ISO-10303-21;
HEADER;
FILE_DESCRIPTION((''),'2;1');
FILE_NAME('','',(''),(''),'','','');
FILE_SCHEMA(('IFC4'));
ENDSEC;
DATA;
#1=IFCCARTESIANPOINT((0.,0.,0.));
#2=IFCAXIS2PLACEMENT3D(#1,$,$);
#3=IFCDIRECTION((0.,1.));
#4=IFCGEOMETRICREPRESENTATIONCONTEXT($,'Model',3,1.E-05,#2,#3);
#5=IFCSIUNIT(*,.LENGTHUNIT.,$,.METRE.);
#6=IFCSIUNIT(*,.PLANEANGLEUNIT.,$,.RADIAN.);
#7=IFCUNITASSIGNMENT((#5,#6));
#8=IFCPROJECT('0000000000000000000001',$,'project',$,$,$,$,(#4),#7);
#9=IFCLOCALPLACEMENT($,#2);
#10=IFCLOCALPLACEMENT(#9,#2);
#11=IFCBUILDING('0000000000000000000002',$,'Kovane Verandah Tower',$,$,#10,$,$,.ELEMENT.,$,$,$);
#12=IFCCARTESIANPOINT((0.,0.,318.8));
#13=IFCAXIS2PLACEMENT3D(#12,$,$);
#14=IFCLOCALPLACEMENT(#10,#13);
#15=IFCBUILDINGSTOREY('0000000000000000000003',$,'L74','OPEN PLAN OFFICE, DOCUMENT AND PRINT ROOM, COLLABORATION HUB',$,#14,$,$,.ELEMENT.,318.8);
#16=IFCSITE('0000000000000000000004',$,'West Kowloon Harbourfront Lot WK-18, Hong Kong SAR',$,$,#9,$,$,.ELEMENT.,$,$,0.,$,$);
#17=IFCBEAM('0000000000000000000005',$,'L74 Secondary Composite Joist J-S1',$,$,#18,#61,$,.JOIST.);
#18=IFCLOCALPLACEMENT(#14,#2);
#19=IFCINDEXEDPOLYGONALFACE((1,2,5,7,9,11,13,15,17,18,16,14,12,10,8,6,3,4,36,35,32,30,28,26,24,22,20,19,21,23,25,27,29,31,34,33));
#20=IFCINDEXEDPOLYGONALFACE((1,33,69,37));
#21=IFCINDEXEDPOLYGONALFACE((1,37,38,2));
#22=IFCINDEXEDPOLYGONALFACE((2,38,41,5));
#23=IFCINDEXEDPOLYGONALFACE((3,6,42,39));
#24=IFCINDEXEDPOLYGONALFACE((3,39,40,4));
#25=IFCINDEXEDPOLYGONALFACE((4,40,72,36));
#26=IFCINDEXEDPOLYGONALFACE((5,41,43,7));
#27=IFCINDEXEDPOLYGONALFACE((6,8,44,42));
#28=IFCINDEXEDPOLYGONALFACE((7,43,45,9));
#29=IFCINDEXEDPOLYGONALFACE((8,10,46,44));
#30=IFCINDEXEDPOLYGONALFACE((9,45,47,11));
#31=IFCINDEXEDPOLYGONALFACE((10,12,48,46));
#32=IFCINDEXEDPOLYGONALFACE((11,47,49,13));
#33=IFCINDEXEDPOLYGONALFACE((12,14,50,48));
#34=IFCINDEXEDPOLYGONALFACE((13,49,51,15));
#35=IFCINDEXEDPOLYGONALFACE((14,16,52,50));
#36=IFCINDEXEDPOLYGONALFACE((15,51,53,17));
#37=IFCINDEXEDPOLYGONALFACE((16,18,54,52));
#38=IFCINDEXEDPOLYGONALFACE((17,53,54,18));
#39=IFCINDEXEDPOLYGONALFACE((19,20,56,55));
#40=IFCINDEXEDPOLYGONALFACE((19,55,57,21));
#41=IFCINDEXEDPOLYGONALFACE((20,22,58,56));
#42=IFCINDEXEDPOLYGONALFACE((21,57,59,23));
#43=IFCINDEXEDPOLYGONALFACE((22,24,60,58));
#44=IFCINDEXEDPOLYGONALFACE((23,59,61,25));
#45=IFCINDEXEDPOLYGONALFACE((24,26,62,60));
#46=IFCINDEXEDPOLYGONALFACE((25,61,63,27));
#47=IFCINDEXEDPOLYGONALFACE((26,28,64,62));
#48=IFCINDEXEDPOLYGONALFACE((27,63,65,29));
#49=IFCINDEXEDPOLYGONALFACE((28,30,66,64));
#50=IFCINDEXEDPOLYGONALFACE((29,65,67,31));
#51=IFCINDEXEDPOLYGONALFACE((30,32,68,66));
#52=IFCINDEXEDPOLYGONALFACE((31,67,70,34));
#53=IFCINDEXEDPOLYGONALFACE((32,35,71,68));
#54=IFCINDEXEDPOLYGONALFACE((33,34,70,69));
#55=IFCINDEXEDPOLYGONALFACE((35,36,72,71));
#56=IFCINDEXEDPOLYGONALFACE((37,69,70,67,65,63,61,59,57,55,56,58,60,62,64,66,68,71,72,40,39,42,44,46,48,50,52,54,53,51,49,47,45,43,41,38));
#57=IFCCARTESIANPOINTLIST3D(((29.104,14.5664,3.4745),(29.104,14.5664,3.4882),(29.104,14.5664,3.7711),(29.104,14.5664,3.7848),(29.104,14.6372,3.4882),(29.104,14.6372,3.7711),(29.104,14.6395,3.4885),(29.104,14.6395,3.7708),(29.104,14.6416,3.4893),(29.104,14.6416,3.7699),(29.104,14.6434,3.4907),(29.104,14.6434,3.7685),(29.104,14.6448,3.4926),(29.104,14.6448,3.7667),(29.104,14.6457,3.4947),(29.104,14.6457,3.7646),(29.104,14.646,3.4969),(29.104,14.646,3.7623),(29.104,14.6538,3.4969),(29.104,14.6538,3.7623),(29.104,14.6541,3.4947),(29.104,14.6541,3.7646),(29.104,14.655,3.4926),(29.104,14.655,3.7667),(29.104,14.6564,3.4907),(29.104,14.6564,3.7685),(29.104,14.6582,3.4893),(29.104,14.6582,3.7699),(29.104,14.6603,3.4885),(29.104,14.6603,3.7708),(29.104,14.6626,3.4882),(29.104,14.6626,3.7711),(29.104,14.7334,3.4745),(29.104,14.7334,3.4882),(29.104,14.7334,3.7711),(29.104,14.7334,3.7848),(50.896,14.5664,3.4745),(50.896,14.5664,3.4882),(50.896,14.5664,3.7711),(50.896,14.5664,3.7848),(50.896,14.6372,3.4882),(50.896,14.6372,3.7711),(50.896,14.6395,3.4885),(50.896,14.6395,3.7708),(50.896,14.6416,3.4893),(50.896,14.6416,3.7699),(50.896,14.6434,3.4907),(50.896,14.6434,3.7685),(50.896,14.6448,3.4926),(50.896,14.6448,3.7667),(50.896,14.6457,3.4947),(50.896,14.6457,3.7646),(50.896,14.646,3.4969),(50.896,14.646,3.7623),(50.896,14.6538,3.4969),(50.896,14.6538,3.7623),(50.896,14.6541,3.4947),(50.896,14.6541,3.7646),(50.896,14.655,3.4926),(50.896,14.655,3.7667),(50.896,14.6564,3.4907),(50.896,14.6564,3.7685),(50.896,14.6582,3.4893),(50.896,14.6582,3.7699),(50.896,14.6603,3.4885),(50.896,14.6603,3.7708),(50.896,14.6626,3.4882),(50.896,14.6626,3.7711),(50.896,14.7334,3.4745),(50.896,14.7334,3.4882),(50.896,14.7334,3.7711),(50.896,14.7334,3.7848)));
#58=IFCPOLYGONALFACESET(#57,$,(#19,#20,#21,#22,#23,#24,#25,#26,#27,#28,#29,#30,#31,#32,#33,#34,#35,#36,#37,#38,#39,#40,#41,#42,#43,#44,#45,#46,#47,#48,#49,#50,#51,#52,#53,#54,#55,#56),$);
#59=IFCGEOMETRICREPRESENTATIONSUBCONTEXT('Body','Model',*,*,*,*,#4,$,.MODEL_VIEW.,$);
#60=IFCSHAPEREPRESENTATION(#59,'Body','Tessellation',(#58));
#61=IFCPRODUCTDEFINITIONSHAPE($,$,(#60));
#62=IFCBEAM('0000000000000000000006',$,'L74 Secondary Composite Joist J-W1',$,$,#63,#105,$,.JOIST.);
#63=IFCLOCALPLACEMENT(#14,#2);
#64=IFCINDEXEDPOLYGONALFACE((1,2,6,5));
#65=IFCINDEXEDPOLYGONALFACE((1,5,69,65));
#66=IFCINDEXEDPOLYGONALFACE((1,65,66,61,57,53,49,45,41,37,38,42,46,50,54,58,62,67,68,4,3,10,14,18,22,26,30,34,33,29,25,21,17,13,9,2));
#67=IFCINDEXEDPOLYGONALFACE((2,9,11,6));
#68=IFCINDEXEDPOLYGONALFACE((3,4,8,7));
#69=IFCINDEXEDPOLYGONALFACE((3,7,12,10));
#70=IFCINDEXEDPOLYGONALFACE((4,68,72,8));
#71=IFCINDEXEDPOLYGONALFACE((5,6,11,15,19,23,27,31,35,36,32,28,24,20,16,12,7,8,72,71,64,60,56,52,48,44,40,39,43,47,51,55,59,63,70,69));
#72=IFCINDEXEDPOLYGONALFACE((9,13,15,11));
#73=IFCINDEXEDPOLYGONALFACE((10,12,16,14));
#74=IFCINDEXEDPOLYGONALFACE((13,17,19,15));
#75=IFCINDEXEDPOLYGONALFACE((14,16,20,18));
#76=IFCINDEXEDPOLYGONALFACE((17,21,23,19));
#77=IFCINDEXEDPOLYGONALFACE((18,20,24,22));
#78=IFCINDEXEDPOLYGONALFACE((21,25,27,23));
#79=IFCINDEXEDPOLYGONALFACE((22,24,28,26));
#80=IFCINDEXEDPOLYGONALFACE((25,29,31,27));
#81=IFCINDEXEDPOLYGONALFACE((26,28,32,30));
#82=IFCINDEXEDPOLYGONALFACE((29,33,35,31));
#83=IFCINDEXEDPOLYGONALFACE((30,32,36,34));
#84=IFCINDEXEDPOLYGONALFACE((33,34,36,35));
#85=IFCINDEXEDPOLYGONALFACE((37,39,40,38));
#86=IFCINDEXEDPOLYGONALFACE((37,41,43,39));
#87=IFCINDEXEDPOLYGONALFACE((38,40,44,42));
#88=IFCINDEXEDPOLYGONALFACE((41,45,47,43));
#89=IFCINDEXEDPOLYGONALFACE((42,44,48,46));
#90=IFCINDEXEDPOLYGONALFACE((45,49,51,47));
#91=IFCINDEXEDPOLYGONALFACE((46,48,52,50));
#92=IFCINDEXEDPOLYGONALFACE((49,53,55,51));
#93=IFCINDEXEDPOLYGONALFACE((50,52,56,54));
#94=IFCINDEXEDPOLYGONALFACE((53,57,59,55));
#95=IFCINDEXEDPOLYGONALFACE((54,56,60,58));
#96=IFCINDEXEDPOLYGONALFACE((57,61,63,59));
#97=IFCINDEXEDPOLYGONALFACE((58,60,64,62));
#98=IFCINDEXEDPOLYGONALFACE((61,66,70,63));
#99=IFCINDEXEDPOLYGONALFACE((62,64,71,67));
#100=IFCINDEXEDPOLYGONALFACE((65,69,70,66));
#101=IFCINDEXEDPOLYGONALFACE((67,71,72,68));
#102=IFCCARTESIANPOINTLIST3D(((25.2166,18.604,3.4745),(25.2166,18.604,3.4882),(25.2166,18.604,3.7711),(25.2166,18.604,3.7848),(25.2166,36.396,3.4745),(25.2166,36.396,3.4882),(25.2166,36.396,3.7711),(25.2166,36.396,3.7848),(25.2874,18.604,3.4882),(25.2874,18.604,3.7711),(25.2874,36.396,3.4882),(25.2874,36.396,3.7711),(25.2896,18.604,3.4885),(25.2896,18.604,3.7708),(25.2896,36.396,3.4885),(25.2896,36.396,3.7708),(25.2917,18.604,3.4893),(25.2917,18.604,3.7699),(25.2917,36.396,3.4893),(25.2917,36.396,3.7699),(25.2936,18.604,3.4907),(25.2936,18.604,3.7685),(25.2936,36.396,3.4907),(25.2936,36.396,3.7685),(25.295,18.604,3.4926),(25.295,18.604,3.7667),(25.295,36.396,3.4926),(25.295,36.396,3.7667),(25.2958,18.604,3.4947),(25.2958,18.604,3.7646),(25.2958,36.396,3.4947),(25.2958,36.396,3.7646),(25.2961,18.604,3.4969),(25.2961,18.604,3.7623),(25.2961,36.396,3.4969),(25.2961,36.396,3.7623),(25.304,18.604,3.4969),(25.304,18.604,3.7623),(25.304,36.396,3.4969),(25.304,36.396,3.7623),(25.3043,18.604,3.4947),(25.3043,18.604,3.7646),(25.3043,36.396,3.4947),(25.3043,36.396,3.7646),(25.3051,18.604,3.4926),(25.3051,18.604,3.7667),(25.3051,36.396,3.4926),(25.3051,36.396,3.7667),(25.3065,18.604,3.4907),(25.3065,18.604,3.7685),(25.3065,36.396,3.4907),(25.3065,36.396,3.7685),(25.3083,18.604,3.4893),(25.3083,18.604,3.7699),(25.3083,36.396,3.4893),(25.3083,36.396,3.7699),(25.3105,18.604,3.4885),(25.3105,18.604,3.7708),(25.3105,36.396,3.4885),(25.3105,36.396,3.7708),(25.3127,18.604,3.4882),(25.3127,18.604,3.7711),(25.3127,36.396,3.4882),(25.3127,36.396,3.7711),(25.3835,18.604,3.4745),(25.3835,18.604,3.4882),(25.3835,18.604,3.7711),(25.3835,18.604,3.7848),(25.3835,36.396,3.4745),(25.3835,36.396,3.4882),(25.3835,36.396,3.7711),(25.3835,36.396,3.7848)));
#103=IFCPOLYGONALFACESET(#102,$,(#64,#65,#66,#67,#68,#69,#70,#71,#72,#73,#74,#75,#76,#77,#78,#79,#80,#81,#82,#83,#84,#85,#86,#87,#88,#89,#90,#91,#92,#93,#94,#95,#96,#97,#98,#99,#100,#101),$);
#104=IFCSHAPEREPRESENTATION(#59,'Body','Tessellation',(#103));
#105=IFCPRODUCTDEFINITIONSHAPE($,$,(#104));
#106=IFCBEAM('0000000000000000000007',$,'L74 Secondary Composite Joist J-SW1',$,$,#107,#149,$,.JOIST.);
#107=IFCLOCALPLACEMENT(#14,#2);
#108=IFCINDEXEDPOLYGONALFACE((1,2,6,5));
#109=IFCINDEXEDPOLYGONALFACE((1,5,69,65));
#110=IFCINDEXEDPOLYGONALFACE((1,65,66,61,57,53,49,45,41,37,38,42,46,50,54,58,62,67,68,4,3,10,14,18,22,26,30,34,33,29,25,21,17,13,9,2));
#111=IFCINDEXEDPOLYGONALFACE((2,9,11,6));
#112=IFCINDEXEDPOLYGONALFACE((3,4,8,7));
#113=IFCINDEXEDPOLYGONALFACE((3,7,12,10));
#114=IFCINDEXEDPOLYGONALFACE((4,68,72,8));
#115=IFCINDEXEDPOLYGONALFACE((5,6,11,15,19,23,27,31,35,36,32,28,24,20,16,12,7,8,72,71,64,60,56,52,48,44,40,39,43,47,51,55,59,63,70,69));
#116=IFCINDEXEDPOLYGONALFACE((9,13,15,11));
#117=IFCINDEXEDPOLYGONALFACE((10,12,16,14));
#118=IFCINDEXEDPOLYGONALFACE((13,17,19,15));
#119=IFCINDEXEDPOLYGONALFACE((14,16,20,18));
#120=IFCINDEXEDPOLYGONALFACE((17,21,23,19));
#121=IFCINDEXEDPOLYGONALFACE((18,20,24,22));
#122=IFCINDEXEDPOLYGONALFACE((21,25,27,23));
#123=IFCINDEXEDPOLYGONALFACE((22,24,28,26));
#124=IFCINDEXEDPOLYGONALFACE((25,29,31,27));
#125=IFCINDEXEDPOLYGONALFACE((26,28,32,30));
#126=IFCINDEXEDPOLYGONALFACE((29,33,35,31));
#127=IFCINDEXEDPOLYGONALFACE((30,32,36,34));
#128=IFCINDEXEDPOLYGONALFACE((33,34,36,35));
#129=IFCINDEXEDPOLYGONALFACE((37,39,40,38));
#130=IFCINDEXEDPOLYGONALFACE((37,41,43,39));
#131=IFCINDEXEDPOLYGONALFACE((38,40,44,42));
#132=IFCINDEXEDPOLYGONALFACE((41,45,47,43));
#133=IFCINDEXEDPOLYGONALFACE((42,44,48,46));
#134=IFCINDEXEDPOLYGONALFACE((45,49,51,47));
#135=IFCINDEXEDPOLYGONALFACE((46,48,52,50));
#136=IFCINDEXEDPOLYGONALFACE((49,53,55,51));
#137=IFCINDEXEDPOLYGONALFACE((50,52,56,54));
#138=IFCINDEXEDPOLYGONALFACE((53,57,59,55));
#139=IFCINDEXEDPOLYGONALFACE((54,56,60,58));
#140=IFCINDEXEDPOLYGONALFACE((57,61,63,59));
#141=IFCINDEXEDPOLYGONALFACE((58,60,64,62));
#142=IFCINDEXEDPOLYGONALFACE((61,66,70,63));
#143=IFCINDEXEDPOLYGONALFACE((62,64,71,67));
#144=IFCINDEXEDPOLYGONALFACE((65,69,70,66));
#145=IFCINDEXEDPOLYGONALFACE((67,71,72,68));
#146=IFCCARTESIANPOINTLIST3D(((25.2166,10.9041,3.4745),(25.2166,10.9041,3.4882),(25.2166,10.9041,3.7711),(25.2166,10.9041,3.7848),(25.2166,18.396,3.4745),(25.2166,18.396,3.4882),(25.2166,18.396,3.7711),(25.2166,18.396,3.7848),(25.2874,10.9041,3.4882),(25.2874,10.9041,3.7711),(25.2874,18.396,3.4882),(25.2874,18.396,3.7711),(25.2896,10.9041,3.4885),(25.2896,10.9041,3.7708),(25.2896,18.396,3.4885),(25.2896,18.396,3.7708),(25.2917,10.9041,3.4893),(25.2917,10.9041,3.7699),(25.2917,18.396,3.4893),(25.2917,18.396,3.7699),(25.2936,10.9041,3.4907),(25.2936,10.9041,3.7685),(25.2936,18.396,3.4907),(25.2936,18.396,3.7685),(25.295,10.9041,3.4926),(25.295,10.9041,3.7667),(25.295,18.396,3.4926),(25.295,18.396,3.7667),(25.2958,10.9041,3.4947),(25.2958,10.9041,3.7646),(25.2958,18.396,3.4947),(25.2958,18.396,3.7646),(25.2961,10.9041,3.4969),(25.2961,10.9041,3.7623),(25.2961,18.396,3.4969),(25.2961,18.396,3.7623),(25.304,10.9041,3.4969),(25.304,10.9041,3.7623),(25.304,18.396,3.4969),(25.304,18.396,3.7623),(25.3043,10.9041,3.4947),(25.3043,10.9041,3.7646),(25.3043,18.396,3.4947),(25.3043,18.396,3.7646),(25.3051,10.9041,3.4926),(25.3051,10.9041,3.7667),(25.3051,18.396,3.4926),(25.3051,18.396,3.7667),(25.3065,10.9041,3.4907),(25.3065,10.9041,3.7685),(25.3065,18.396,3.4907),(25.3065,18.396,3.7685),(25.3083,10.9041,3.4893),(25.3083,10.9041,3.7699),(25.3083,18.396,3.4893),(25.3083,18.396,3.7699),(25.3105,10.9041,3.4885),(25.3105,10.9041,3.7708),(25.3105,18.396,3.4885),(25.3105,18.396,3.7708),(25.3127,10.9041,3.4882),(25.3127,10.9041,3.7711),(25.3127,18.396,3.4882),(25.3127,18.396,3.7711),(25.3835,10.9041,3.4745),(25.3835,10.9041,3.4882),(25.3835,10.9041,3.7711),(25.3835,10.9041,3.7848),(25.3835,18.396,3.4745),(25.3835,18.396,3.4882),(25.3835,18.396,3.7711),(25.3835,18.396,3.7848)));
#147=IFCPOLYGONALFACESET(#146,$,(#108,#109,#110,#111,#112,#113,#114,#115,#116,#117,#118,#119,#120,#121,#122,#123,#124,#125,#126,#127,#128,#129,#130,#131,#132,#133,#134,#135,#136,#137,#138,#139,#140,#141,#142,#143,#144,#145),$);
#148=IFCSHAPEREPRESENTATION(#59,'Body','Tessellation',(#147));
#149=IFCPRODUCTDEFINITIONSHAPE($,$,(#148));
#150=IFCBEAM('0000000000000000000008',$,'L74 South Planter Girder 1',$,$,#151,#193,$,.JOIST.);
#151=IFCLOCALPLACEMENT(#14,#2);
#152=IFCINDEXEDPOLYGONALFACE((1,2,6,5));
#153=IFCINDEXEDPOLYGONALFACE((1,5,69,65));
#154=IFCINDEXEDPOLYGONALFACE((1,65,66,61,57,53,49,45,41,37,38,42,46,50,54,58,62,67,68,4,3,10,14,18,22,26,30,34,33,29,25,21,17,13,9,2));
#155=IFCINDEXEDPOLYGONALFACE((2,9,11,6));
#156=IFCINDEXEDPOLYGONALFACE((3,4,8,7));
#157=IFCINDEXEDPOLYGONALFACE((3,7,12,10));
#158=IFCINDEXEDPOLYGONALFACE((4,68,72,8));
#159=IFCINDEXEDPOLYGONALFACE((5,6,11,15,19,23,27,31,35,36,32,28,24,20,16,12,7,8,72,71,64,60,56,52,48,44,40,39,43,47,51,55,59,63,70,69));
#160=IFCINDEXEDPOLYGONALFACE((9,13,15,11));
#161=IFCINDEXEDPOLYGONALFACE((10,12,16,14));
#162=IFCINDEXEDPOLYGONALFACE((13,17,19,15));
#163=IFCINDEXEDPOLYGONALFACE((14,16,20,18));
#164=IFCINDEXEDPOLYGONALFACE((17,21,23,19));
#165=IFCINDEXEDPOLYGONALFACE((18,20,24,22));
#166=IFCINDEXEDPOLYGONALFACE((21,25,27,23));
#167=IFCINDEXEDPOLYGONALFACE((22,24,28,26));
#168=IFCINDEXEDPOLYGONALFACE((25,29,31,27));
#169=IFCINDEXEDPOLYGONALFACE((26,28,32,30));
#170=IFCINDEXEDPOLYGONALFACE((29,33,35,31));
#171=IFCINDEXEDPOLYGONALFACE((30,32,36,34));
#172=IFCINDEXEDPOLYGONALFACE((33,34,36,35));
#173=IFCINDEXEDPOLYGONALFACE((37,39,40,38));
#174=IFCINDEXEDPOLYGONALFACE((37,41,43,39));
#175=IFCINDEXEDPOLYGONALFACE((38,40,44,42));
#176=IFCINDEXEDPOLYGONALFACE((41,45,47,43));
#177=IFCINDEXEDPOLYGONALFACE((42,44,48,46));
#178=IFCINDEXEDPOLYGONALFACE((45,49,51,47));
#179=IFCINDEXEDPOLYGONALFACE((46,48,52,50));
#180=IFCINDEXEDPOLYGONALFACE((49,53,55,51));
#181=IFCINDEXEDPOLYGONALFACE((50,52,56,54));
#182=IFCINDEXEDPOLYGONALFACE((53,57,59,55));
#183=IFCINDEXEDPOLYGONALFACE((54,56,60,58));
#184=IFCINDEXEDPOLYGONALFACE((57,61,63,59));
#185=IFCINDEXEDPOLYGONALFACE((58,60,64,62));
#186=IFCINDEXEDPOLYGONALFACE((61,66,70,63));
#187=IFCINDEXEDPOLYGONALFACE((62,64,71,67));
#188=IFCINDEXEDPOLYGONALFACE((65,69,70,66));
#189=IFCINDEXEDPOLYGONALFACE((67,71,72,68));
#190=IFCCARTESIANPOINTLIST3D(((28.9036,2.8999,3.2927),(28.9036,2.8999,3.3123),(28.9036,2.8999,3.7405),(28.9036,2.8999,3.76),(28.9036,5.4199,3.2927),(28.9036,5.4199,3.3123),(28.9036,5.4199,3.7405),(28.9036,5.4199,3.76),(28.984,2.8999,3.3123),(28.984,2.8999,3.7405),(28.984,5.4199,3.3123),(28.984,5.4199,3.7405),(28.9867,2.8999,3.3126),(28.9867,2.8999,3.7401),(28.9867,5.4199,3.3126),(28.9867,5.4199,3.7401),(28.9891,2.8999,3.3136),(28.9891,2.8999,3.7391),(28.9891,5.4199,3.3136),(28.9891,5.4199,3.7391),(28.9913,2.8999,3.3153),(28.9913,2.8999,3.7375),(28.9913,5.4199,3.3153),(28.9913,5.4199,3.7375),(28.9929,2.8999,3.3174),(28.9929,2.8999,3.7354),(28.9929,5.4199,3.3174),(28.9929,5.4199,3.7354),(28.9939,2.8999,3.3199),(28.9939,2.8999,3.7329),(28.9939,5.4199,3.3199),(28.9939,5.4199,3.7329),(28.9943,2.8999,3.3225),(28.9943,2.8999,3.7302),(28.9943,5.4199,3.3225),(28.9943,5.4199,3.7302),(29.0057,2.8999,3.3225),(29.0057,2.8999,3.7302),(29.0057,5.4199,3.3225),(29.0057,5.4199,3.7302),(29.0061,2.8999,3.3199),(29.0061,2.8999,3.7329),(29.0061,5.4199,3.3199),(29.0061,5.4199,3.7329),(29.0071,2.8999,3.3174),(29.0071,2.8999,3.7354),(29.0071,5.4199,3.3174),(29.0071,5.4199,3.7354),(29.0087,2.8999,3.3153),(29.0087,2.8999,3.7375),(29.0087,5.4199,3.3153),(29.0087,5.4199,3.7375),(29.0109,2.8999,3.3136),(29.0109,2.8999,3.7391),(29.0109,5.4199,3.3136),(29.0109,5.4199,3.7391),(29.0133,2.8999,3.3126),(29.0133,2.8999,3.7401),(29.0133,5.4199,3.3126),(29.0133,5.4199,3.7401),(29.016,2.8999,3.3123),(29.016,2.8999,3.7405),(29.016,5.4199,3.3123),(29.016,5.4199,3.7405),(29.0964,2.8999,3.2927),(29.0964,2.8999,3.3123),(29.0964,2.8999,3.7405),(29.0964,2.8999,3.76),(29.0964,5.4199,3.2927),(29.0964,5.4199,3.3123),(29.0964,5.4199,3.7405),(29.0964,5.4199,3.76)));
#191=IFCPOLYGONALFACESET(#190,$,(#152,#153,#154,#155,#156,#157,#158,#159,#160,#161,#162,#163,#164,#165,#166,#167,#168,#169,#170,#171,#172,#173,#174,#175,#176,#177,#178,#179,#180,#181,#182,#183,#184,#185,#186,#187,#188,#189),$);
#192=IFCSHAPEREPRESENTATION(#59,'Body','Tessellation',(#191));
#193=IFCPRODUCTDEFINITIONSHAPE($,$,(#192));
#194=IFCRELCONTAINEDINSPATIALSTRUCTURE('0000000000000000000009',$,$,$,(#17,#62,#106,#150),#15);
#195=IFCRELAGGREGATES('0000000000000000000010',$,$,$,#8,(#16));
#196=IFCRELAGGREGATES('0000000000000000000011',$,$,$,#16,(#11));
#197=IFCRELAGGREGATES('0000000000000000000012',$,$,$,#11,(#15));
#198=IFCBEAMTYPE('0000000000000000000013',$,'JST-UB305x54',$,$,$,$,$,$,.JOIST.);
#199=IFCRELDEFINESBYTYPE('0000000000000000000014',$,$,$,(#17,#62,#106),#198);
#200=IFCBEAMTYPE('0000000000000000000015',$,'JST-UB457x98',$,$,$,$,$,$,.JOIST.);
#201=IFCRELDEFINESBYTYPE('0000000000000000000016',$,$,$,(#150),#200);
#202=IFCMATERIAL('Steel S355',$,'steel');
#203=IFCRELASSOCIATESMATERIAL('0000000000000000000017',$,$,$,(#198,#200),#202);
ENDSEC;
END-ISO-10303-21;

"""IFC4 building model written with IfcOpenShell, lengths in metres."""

from ifc_helpers import new_model, si_unit, direction, frame, origin, origin_2d, place, context, subcontext, project, spatial, i_section, extrude, material, material_profile, profile_set, type_object, element, save


model = new_model("IFC4")

# Units and contexts
model_context = context("Model", 3, precision=1e-05, world=origin(), true_north=direction((0.0, 1.0)))
body_context = subcontext(model_context, "Body", "Model", "MODEL_VIEW")
ifc_project = project(units=[si_unit("LENGTHUNIT", "METRE"), si_unit("PLANEANGLEUNIT", "RADIAN")], contexts=[model_context])

# Site, building, storey
site_placement = place(None, origin())
site = spatial("IfcSite", under=ifc_project, at=site_placement, Name="West Kowloon Harbourfront Lot WK-18, Hong Kong SAR", CompositionType="ELEMENT", RefElevation=0.0)
building_placement = place(site_placement, origin())
building = spatial("IfcBuilding", under=site, at=building_placement, Name="Kovane Verandah Tower", CompositionType="ELEMENT")
storey_placement = place(building_placement, frame((0.0, 0.0, 318.8)))
storey = spatial("IfcBuildingStorey", under=building, at=storey_placement, Name="L74", Description="OPEN PLAN OFFICE, DOCUMENT AND PRINT ROOM, COLLABORATION HUB", CompositionType="ELEMENT", Elevation=318.8)

# Beams
ifc_material_1 = material(Name="Steel S355", Category="steel")
ifc_material_profile_1 = material_profile(ifc_material_1, i_section(OverallWidth=0.167, OverallDepth=0.3103, WebThickness=0.0078, FlangeThickness=0.0137, FilletRadius=0.0088, at=origin_2d()), Name="UB305x165x54")
ifc_profile_set_1 = profile_set([ifc_material_profile_1], Name="Steel S355")
beam_type_1 = type_object("IfcBeamType", Name="JST-UB305x54", PredefinedType="JOIST", material=ifc_profile_set_1)
beam_1_placement = place(storey_placement, frame((29.104, 14.6499, 3.6296), z_axis=(1.0, 0.0, 0.0), x_axis=(0.0, 1.0, 0.0)))
element("IfcBeam", 1, at=beam_1_placement, inside=storey, type_object=beam_type_1, Name="L74 Secondary Composite Joist J-S1", PredefinedType="JOIST", context=body_context, shape_type="SweptSolid", body=[
    extrude(i_section(OverallWidth=0.167, OverallDepth=0.3103, WebThickness=0.0078, FlangeThickness=0.0137, FilletRadius=0.0088, at=origin_2d()), origin(), (0.0, 0.0, 1.0), 21.792),
])
beam_2_placement = place(storey_placement, frame((25.3, 18.604, 3.6296), z_axis=(0.0, 1.0, 0.0), x_axis=(-1.0, 0.0, 0.0)))
element("IfcBeam", 2, at=beam_2_placement, inside=storey, type_object=beam_type_1, Name="L74 Secondary Composite Joist J-W1", PredefinedType="JOIST", context=body_context, shape_type="SweptSolid", body=[
    extrude(i_section(OverallWidth=0.167, OverallDepth=0.3103, WebThickness=0.0078, FlangeThickness=0.0137, FilletRadius=0.0088, at=origin_2d()), origin(), (0.0, 0.0, 1.0), 17.792),
])
beam_3_placement = place(storey_placement, frame((25.3, 10.9041, 3.6296), z_axis=(0.0, 1.0, 0.0), x_axis=(-1.0, 0.0, 0.0)))
element("IfcBeam", 3, at=beam_3_placement, inside=storey, type_object=beam_type_1, Name="L74 Secondary Composite Joist J-SW1", PredefinedType="JOIST", context=body_context, shape_type="SweptSolid", body=[
    extrude(i_section(OverallWidth=0.167, OverallDepth=0.3103, WebThickness=0.0078, FlangeThickness=0.0137, FilletRadius=0.0088, at=origin_2d()), origin(), (0.0, 0.0, 1.0), 7.4919),
])
ifc_material_profile_2 = material_profile(ifc_material_1, i_section(OverallWidth=0.1929, OverallDepth=0.4673, WebThickness=0.0115, FlangeThickness=0.0195, FilletRadius=0.0103, at=origin_2d()), Name="UB457x191x98")
ifc_profile_set_2 = profile_set([ifc_material_profile_2], Name="Steel S355")
beam_type_2 = type_object("IfcBeamType", Name="JST-UB457x98", PredefinedType="JOIST", material=ifc_profile_set_2)
beam_4_placement = place(storey_placement, frame((29.0, 5.4199, 3.5264), z_axis=(0.0, -1.0, 0.0), x_axis=(1.0, 0.0, 0.0)))
element("IfcBeam", 4, at=beam_4_placement, inside=storey, type_object=beam_type_2, Name="L74 South Planter Girder 1", PredefinedType="JOIST", context=body_context, shape_type="SweptSolid", body=[
    extrude(i_section(OverallWidth=0.1929, OverallDepth=0.4673, WebThickness=0.0115, FlangeThickness=0.0195, FilletRadius=0.0103, at=origin_2d()), origin(), (0.0, 0.0, 1.0), 2.52),
])

save(model, "model.ifc")
